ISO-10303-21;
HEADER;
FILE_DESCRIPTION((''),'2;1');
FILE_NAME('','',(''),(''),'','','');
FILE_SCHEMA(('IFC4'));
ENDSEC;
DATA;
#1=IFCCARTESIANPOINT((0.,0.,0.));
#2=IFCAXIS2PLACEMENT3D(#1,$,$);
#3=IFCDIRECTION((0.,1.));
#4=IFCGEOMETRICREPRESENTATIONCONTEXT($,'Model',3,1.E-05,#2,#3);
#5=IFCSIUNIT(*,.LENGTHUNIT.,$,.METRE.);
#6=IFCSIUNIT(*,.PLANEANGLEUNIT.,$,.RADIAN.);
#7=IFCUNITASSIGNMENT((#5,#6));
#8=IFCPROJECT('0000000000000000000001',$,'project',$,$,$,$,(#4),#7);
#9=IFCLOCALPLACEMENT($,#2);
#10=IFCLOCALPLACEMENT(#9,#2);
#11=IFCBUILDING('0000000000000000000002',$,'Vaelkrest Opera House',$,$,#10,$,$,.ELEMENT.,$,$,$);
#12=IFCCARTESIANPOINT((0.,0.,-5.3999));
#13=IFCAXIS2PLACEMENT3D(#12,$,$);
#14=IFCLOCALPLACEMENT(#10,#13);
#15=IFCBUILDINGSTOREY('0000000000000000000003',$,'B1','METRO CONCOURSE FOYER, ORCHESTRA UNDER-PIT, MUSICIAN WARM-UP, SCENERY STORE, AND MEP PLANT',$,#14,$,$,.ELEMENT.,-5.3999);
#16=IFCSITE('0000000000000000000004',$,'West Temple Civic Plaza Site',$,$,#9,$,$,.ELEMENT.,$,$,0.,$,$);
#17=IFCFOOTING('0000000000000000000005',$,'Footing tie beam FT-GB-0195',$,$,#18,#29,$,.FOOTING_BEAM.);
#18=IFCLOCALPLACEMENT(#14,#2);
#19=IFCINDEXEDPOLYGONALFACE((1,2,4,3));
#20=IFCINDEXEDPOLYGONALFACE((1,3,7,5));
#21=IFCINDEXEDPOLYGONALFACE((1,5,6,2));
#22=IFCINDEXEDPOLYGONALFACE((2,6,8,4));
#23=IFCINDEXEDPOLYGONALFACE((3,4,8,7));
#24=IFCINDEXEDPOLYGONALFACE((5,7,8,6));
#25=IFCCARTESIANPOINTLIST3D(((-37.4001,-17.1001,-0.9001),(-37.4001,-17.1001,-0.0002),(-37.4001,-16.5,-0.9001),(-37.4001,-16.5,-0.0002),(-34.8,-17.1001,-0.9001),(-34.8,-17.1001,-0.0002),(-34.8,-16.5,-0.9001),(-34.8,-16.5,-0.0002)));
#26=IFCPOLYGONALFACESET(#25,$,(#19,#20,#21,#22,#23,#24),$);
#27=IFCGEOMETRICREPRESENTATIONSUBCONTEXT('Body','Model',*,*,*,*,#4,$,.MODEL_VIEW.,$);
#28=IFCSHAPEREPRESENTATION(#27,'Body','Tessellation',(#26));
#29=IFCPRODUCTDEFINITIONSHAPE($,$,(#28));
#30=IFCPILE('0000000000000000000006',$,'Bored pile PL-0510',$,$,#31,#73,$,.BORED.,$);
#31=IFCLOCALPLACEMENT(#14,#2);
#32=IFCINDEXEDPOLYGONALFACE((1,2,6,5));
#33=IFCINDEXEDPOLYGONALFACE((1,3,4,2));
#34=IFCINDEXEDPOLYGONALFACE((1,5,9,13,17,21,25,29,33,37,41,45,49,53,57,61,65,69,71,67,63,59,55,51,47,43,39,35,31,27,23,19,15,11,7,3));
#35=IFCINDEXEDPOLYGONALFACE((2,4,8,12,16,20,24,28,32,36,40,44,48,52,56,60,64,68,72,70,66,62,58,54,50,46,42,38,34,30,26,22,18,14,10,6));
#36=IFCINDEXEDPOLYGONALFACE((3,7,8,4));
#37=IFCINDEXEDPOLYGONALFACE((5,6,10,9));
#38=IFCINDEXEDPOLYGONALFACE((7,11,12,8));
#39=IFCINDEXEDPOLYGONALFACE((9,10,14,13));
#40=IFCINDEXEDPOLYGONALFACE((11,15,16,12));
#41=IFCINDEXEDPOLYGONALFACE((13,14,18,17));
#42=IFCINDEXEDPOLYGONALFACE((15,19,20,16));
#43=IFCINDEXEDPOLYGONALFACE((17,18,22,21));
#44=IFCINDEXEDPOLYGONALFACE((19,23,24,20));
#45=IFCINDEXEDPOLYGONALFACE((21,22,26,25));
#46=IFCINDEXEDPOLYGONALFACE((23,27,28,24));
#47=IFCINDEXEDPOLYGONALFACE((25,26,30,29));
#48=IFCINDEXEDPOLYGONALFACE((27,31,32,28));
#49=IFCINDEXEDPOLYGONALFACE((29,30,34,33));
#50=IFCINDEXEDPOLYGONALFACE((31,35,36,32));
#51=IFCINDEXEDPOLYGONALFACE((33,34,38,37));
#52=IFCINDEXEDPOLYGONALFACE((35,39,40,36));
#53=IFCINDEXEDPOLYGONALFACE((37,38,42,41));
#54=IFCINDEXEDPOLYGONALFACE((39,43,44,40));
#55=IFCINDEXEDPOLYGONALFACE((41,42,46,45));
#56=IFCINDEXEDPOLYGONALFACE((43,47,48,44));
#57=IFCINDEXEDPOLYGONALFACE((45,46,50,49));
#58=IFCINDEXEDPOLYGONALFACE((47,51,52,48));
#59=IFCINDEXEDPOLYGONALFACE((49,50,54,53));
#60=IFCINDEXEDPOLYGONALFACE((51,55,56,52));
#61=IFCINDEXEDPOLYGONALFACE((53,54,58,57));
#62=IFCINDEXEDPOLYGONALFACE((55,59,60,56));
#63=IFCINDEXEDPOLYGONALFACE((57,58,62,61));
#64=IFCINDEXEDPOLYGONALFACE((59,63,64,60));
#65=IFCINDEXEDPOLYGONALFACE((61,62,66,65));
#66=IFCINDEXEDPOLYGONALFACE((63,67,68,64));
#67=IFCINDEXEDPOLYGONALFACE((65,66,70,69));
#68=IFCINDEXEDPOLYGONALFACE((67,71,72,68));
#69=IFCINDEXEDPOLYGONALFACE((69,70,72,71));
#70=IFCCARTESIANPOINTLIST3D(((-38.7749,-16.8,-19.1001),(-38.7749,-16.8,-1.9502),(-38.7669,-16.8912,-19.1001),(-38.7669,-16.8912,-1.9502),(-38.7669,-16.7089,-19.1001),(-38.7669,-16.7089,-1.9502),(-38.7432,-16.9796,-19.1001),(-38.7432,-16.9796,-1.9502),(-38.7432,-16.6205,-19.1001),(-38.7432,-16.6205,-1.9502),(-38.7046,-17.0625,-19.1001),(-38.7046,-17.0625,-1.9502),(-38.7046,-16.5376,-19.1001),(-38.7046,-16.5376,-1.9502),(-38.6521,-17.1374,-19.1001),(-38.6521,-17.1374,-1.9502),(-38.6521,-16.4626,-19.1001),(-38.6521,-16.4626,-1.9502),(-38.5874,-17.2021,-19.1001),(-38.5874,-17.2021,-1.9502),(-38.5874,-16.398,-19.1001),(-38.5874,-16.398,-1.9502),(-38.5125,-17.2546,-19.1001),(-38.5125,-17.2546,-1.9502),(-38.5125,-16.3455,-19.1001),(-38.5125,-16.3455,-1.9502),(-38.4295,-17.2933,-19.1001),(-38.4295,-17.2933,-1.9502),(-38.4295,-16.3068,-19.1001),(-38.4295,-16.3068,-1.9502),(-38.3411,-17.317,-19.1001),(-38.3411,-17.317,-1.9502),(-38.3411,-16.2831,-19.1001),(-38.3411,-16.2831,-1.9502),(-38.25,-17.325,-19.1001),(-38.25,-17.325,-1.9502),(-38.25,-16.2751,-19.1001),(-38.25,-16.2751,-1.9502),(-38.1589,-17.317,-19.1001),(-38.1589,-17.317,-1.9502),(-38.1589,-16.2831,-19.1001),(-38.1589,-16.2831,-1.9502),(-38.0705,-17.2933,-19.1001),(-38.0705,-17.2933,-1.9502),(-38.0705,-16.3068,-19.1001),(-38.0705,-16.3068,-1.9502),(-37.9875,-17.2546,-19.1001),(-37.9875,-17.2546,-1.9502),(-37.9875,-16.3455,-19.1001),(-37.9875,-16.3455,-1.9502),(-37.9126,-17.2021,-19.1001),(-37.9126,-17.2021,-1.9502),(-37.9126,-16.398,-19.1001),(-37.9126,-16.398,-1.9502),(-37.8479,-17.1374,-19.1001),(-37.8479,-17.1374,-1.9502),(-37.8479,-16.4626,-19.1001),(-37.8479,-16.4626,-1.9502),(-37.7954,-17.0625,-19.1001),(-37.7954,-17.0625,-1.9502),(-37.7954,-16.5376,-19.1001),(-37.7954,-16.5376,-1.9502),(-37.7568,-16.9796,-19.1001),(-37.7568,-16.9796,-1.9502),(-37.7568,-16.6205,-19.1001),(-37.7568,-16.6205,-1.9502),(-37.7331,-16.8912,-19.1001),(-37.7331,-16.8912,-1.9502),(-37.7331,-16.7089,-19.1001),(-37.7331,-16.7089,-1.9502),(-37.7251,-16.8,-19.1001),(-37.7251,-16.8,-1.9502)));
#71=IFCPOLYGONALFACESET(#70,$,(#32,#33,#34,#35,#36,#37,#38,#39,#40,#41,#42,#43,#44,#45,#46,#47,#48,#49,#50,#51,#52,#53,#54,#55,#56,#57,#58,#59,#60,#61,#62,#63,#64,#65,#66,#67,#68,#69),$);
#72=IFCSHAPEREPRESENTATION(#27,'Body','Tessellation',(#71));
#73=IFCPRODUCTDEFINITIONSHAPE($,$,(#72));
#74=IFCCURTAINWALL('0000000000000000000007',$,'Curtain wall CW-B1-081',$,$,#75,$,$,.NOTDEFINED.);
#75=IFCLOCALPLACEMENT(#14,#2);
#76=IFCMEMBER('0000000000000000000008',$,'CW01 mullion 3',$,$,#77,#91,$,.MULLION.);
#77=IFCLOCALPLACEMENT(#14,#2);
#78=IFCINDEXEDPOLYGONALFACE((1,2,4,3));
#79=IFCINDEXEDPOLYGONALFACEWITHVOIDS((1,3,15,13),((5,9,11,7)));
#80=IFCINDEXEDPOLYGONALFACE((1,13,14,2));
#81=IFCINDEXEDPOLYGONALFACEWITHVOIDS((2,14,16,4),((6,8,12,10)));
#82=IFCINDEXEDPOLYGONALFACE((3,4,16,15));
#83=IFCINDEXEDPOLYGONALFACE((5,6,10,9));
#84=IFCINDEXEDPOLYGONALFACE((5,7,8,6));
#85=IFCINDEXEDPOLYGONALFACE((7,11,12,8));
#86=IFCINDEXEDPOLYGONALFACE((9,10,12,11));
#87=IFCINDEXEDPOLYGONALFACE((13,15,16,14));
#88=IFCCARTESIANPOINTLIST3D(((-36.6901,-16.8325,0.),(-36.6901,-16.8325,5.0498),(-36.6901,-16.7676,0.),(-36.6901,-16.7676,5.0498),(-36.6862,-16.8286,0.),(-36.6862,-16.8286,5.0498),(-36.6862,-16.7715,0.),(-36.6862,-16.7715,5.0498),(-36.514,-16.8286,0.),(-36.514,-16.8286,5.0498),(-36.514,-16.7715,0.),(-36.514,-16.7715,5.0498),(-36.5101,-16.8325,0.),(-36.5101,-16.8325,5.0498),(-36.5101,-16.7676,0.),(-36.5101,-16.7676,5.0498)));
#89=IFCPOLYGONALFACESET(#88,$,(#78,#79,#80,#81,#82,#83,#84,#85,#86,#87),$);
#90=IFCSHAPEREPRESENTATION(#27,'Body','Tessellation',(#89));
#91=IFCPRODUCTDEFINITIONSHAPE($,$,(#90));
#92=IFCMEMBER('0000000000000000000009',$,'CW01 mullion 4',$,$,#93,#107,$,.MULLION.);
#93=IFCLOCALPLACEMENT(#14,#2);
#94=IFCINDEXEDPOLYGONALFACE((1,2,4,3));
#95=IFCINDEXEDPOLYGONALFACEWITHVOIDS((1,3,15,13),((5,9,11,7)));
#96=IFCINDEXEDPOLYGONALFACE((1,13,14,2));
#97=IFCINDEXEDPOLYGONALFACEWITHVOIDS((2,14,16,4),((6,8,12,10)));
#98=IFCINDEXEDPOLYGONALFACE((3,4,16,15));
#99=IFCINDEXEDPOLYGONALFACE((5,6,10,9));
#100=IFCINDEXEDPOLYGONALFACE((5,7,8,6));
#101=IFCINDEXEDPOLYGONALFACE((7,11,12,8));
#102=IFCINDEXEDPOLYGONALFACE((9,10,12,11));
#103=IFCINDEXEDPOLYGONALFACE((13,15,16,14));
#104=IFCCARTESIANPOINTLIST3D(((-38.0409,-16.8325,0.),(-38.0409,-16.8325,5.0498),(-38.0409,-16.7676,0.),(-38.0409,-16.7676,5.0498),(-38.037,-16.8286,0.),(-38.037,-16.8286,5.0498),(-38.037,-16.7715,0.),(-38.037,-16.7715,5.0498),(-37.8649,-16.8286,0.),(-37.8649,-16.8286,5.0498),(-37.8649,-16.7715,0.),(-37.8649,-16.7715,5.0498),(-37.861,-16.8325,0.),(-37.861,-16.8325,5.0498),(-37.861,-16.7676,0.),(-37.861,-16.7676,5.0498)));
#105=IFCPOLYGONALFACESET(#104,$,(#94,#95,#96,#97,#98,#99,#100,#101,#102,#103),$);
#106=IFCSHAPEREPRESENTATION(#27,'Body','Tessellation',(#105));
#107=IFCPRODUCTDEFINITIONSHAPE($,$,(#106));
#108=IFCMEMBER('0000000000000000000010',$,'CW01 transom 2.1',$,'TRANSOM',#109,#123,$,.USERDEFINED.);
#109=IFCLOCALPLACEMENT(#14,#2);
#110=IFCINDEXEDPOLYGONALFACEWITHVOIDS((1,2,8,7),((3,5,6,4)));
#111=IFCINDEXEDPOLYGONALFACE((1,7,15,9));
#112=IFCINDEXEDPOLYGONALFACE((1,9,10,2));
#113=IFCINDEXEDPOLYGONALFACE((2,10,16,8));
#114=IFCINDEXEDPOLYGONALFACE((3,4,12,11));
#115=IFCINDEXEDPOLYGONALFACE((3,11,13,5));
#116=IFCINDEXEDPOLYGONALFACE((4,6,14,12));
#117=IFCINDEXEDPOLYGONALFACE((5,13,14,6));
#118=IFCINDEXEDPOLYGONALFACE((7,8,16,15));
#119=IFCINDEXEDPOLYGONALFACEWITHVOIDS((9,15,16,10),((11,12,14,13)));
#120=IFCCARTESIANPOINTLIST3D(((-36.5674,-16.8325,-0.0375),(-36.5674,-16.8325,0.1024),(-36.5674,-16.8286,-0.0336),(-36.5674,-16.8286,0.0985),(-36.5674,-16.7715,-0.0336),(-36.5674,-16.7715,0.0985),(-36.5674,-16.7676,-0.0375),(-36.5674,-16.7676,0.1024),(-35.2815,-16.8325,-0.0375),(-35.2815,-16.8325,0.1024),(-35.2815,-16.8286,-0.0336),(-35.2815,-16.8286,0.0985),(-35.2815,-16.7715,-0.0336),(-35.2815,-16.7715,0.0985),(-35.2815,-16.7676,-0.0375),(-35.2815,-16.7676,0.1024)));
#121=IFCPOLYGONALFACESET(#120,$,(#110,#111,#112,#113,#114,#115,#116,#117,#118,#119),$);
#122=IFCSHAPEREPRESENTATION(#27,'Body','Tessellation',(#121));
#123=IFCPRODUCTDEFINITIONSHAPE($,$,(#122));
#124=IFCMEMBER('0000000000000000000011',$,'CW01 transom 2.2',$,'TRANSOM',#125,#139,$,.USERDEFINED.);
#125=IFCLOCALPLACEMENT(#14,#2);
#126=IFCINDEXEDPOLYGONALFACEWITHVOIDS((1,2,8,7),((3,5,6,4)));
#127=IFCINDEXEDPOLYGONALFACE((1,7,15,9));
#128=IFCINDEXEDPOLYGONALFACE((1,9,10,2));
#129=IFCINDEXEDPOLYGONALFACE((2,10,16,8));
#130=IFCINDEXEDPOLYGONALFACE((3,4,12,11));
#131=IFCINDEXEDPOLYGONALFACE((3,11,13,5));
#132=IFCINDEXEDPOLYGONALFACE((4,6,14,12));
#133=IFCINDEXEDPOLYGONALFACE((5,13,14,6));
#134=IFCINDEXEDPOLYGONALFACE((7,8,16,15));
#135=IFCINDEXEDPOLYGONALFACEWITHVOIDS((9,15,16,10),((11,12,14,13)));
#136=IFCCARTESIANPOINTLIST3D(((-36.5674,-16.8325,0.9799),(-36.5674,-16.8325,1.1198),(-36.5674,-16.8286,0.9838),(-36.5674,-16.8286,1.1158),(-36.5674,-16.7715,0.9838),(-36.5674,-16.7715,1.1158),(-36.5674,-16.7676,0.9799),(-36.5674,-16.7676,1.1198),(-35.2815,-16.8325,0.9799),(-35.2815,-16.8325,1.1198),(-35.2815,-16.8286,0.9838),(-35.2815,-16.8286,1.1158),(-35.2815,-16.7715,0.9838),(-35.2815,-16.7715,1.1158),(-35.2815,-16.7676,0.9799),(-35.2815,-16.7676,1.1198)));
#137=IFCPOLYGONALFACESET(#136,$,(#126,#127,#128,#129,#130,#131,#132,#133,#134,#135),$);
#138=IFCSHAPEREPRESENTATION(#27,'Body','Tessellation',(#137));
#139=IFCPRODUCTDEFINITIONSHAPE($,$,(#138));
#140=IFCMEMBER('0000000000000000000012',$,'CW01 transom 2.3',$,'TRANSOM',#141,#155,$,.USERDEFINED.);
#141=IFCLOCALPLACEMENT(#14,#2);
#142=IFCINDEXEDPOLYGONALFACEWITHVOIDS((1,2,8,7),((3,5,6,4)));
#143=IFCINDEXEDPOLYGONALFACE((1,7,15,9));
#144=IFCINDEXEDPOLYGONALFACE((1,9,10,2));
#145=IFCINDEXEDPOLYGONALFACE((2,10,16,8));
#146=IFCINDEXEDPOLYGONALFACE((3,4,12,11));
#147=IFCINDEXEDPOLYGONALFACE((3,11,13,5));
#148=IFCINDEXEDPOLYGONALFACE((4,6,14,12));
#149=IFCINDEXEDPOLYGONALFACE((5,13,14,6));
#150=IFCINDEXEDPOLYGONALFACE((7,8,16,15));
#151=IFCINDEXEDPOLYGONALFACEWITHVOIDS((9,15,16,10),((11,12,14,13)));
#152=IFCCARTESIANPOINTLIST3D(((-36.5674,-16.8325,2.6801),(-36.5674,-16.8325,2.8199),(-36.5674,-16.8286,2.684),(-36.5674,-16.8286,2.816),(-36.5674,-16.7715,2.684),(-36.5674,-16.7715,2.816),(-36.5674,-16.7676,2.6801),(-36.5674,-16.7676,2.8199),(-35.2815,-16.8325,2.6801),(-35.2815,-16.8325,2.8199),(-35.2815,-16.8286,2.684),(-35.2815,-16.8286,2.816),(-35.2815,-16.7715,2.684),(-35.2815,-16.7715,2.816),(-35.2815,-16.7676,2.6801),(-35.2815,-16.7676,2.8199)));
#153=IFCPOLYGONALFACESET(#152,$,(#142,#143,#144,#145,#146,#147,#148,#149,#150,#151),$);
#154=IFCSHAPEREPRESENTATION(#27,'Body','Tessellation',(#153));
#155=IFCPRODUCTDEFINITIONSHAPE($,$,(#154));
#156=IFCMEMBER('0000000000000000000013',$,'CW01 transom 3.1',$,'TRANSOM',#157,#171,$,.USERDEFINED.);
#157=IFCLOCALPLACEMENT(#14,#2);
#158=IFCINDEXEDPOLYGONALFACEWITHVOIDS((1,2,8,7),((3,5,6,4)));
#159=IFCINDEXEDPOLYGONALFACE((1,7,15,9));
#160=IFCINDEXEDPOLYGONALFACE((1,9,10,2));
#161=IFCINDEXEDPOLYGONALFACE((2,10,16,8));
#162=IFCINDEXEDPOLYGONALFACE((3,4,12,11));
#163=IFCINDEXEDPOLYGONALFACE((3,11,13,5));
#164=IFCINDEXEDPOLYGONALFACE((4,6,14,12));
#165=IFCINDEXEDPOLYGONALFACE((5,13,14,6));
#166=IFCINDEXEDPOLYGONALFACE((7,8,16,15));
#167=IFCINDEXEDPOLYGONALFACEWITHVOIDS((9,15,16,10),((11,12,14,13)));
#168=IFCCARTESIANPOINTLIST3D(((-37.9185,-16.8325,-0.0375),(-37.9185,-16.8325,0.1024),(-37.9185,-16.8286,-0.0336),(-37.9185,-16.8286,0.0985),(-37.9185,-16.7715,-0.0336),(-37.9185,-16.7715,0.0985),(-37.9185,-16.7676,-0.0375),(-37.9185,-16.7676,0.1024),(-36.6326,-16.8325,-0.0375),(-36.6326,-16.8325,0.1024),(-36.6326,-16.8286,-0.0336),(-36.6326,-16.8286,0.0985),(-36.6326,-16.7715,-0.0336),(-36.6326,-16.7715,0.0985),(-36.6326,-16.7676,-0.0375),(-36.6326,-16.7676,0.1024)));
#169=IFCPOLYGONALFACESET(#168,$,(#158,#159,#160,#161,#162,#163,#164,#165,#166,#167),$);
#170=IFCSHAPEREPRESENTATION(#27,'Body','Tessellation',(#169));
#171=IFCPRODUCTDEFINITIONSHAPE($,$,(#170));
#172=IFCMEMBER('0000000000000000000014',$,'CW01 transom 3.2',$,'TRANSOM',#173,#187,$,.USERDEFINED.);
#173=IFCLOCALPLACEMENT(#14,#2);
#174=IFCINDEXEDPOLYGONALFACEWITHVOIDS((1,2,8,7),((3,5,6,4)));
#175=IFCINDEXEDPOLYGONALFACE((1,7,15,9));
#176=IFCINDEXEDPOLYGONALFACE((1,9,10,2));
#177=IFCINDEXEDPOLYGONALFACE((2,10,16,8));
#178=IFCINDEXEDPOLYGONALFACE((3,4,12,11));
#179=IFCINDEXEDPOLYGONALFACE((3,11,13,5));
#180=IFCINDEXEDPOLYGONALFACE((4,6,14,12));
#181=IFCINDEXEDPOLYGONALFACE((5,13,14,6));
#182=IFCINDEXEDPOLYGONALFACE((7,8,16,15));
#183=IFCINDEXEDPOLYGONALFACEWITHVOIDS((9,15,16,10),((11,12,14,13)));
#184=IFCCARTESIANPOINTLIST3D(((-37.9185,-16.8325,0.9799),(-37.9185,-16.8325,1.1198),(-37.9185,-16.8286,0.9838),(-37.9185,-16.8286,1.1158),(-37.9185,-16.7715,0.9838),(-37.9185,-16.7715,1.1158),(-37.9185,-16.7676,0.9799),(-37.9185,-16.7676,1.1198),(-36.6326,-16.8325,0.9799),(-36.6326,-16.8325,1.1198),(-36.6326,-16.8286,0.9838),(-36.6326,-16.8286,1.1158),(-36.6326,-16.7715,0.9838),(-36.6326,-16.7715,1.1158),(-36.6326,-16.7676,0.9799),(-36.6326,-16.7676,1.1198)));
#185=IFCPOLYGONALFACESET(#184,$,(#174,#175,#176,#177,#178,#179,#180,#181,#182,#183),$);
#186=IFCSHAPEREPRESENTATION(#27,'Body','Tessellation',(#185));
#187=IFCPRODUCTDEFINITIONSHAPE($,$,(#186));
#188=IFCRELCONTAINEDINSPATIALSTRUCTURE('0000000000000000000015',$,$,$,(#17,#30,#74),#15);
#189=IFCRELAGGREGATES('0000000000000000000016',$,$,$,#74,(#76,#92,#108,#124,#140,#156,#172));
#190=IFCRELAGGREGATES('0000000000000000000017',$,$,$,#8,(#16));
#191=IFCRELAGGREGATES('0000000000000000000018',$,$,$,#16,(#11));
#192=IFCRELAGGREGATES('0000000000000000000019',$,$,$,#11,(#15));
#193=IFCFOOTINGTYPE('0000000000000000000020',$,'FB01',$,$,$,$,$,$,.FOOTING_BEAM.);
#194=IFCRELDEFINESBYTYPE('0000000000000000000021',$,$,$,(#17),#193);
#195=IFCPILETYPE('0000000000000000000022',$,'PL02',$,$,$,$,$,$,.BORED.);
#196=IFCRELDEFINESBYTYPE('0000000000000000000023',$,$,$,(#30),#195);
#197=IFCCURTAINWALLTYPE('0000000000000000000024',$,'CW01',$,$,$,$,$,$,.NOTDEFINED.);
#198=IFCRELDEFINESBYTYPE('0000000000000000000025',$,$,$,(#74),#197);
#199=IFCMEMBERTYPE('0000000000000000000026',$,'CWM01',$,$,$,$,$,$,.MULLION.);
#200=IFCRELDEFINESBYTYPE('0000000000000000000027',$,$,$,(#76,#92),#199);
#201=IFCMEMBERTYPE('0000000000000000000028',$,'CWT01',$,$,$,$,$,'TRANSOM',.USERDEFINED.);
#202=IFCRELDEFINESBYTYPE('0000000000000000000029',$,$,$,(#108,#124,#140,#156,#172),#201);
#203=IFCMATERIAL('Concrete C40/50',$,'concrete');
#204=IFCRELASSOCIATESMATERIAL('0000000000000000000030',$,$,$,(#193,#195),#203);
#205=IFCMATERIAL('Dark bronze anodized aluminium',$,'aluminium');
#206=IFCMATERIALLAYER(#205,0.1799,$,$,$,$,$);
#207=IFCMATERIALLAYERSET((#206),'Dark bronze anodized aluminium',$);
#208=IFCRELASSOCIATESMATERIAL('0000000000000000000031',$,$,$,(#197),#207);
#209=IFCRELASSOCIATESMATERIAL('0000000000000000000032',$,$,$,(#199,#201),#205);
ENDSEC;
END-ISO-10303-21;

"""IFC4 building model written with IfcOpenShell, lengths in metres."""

from ifc_helpers import new_model, si_unit, direction, frame, origin, origin_2d, place, context, subcontext, project, spatial, rectangle, hollow_rectangle, circle, extrude, material, layer, layer_set, material_profile, profile_set, type_object, element, aggregate, save


model = new_model("IFC4")

# Units and contexts
model_context = context("Model", 3, precision=1e-05, world=origin(), true_north=direction((0.0, 1.0)))
body_context = subcontext(model_context, "Body", "Model", "MODEL_VIEW")
ifc_project = project(units=[si_unit("LENGTHUNIT", "METRE"), si_unit("PLANEANGLEUNIT", "RADIAN")], contexts=[model_context])

# Site, building, storey
site_placement = place(None, origin())
site = spatial("IfcSite", under=ifc_project, at=site_placement, Name="West Temple Civic Plaza Site", CompositionType="ELEMENT", RefElevation=0.0)
building_placement = place(site_placement, origin())
building = spatial("IfcBuilding", under=site, at=building_placement, Name="Vaelkrest Opera House", CompositionType="ELEMENT")
storey_placement = place(building_placement, frame((0.0, 0.0, -5.3999)))
storey = spatial("IfcBuildingStorey", under=building, at=storey_placement, Name="B1", Description="METRO CONCOURSE FOYER, ORCHESTRA UNDER-PIT, MUSICIAN WARM-UP, SCENERY STORE, AND MEP PLANT", CompositionType="ELEMENT", Elevation=-5.3999)

# Footing
ifc_material_1 = material(Name="Concrete C40/50", Category="concrete")
footing_type = type_object("IfcFootingType", Name="FB01", PredefinedType="FOOTING_BEAM", material=ifc_material_1)
footing_placement = place(storey_placement, frame((-36.1001, -16.8, -0.9001), z_axis=(0.0, 0.0, 1.0), x_axis=(1.0, 0.0, 0.0)))
element("IfcFooting", 1, at=footing_placement, inside=storey, type_object=footing_type, Name="Footing tie beam FT-GB-0195", PredefinedType="FOOTING_BEAM", context=body_context, shape_type="SweptSolid", body=[
    extrude(rectangle(XDim=2.6001, YDim=0.6001, at=origin_2d()), origin(), (0.0, 0.0, 1.0), 0.8999),
])

# Pile
ifc_material_profile_1 = material_profile(ifc_material_1, circle(Radius=0.5249, at=origin_2d()), Name="PILE1050")
ifc_profile_set_1 = profile_set([ifc_material_profile_1], Name="Concrete C40/50")
pile_type = type_object("IfcPileType", Name="PL02", PredefinedType="BORED", material=ifc_profile_set_1)
pile_placement = place(storey_placement, frame((-38.25, -16.8, -1.9502), z_axis=(0.0, 0.0, -1.0), x_axis=(1.0, 0.0, 0.0)))
element("IfcPile", 2, at=pile_placement, inside=storey, type_object=pile_type, Name="Bored pile PL-0510", PredefinedType="BORED", context=body_context, shape_type="SweptSolid", body=[
    extrude(circle(Radius=0.5249, at=origin_2d()), origin(), (0.0, 0.0, 1.0), 17.1499),
])

# Curtain wall, members
ifc_material_2 = material(Name="Dark bronze anodized aluminium", Category="aluminium")
ifc_layer_1 = layer(ifc_material_2, 0.1799)
ifc_layer_set_1 = layer_set([ifc_layer_1], Name="Dark bronze anodized aluminium")
curtain_wall_type = type_object("IfcCurtainWallType", Name="CW01", PredefinedType="NOTDEFINED", material=ifc_layer_set_1)
curtain_wall_placement = place(storey_placement, origin())
curtain_wall = element("IfcCurtainWall", 3, at=curtain_wall_placement, inside=storey, type_object=curtain_wall_type, Name="Curtain wall CW-B1-081", PredefinedType="NOTDEFINED")
ifc_material_profile_2 = material_profile(ifc_material_2, hollow_rectangle(XDim=0.0649, YDim=0.1799, WallThickness=0.0039, at=origin_2d()), Name="CWM65X180")
ifc_profile_set_2 = profile_set([ifc_material_profile_2], Name="Dark bronze anodized aluminium")
member_type_1 = type_object("IfcMemberType", Name="CWM01", PredefinedType="MULLION", material=ifc_profile_set_2)
member_1_placement = place(storey_placement, frame((-36.6001, -16.8, 0.0), z_axis=(0.0, 0.0, 1.0), x_axis=(0.0, -1.0, 0.0)))
member_1 = element("IfcMember", 4, at=member_1_placement, type_object=member_type_1, Name="CW01 mullion 3", PredefinedType="MULLION", context=body_context, shape_type="SweptSolid", body=[
    extrude(hollow_rectangle(XDim=0.0649, YDim=0.1799, WallThickness=0.0039, at=origin_2d()), origin(), (0.0, 0.0, 1.0), 5.0498),
])
member_2_placement = place(storey_placement, frame((-37.9509, -16.8, 0.0), z_axis=(0.0, 0.0, 1.0), x_axis=(0.0, -1.0, 0.0)))
member_2 = element("IfcMember", 5, at=member_2_placement, type_object=member_type_1, Name="CW01 mullion 4", PredefinedType="MULLION", context=body_context, shape_type="SweptSolid", body=[
    extrude(hollow_rectangle(XDim=0.0649, YDim=0.1799, WallThickness=0.0039, at=origin_2d()), origin(), (0.0, 0.0, 1.0), 5.0498),
])
ifc_material_profile_3 = material_profile(ifc_material_2, hollow_rectangle(XDim=0.0649, YDim=0.1399, WallThickness=0.0039, at=origin_2d()), Name="CWT65X140")
ifc_profile_set_3 = profile_set([ifc_material_profile_3], Name="Dark bronze anodized aluminium")
member_type_2 = type_object("IfcMemberType", Name="CWT01", ElementType="TRANSOM", PredefinedType="USERDEFINED", material=ifc_profile_set_3)
member_3_placement = place(storey_placement, frame((-35.2815, -16.8, 0.0325), z_axis=(-1.0, 0.0, 0.0), x_axis=(0.0, -1.0, 0.0)))
member_3 = element("IfcMember", 6, at=member_3_placement, type_object=member_type_2, Name="CW01 transom 2.1", ObjectType="TRANSOM", PredefinedType="USERDEFINED", context=body_context, shape_type="SweptSolid", body=[
    extrude(hollow_rectangle(XDim=0.0649, YDim=0.1399, WallThickness=0.0039, at=origin_2d()), origin(), (0.0, 0.0, 1.0), 1.2859),
])
member_4_placement = place(storey_placement, frame((-35.2815, -16.8, 1.0498), z_axis=(-1.0, 0.0, 0.0), x_axis=(0.0, -1.0, 0.0)))
member_4 = element("IfcMember", 7, at=member_4_placement, type_object=member_type_2, Name="CW01 transom 2.2", ObjectType="TRANSOM", PredefinedType="USERDEFINED", context=body_context, shape_type="SweptSolid", body=[
    extrude(hollow_rectangle(XDim=0.0649, YDim=0.1399, WallThickness=0.0039, at=origin_2d()), origin(), (0.0, 0.0, 1.0), 1.2859),
])
member_5_placement = place(storey_placement, frame((-35.2815, -16.8, 2.75), z_axis=(-1.0, 0.0, 0.0), x_axis=(0.0, -1.0, 0.0)))
member_5 = element("IfcMember", 8, at=member_5_placement, type_object=member_type_2, Name="CW01 transom 2.3", ObjectType="TRANSOM", PredefinedType="USERDEFINED", context=body_context, shape_type="SweptSolid", body=[
    extrude(hollow_rectangle(XDim=0.0649, YDim=0.1399, WallThickness=0.0039, at=origin_2d()), origin(), (0.0, 0.0, 1.0), 1.2859),
])
member_6_placement = place(storey_placement, frame((-36.6326, -16.8, 0.0325), z_axis=(-1.0, 0.0, 0.0), x_axis=(0.0, -1.0, 0.0)))
member_6 = element("IfcMember", 9, at=member_6_placement, type_object=member_type_2, Name="CW01 transom 3.1", ObjectType="TRANSOM", PredefinedType="USERDEFINED", context=body_context, shape_type="SweptSolid", body=[
    extrude(hollow_rectangle(XDim=0.0649, YDim=0.1399, WallThickness=0.0039, at=origin_2d()), origin(), (0.0, 0.0, 1.0), 1.2859),
])
member_7_placement = place(storey_placement, frame((-36.6326, -16.8, 1.0498), z_axis=(-1.0, 0.0, 0.0), x_axis=(0.0, -1.0, 0.0)))
member_7 = element("IfcMember", 10, at=member_7_placement, type_object=member_type_2, Name="CW01 transom 3.2", ObjectType="TRANSOM", PredefinedType="USERDEFINED", context=body_context, shape_type="SweptSolid", body=[
    extrude(hollow_rectangle(XDim=0.0649, YDim=0.1399, WallThickness=0.0039, at=origin_2d()), origin(), (0.0, 0.0, 1.0), 1.2859),
])
aggregate(curtain_wall, [member_1, member_2, member_3, member_4, member_5, member_6, member_7])

save(model, "model.ifc")
